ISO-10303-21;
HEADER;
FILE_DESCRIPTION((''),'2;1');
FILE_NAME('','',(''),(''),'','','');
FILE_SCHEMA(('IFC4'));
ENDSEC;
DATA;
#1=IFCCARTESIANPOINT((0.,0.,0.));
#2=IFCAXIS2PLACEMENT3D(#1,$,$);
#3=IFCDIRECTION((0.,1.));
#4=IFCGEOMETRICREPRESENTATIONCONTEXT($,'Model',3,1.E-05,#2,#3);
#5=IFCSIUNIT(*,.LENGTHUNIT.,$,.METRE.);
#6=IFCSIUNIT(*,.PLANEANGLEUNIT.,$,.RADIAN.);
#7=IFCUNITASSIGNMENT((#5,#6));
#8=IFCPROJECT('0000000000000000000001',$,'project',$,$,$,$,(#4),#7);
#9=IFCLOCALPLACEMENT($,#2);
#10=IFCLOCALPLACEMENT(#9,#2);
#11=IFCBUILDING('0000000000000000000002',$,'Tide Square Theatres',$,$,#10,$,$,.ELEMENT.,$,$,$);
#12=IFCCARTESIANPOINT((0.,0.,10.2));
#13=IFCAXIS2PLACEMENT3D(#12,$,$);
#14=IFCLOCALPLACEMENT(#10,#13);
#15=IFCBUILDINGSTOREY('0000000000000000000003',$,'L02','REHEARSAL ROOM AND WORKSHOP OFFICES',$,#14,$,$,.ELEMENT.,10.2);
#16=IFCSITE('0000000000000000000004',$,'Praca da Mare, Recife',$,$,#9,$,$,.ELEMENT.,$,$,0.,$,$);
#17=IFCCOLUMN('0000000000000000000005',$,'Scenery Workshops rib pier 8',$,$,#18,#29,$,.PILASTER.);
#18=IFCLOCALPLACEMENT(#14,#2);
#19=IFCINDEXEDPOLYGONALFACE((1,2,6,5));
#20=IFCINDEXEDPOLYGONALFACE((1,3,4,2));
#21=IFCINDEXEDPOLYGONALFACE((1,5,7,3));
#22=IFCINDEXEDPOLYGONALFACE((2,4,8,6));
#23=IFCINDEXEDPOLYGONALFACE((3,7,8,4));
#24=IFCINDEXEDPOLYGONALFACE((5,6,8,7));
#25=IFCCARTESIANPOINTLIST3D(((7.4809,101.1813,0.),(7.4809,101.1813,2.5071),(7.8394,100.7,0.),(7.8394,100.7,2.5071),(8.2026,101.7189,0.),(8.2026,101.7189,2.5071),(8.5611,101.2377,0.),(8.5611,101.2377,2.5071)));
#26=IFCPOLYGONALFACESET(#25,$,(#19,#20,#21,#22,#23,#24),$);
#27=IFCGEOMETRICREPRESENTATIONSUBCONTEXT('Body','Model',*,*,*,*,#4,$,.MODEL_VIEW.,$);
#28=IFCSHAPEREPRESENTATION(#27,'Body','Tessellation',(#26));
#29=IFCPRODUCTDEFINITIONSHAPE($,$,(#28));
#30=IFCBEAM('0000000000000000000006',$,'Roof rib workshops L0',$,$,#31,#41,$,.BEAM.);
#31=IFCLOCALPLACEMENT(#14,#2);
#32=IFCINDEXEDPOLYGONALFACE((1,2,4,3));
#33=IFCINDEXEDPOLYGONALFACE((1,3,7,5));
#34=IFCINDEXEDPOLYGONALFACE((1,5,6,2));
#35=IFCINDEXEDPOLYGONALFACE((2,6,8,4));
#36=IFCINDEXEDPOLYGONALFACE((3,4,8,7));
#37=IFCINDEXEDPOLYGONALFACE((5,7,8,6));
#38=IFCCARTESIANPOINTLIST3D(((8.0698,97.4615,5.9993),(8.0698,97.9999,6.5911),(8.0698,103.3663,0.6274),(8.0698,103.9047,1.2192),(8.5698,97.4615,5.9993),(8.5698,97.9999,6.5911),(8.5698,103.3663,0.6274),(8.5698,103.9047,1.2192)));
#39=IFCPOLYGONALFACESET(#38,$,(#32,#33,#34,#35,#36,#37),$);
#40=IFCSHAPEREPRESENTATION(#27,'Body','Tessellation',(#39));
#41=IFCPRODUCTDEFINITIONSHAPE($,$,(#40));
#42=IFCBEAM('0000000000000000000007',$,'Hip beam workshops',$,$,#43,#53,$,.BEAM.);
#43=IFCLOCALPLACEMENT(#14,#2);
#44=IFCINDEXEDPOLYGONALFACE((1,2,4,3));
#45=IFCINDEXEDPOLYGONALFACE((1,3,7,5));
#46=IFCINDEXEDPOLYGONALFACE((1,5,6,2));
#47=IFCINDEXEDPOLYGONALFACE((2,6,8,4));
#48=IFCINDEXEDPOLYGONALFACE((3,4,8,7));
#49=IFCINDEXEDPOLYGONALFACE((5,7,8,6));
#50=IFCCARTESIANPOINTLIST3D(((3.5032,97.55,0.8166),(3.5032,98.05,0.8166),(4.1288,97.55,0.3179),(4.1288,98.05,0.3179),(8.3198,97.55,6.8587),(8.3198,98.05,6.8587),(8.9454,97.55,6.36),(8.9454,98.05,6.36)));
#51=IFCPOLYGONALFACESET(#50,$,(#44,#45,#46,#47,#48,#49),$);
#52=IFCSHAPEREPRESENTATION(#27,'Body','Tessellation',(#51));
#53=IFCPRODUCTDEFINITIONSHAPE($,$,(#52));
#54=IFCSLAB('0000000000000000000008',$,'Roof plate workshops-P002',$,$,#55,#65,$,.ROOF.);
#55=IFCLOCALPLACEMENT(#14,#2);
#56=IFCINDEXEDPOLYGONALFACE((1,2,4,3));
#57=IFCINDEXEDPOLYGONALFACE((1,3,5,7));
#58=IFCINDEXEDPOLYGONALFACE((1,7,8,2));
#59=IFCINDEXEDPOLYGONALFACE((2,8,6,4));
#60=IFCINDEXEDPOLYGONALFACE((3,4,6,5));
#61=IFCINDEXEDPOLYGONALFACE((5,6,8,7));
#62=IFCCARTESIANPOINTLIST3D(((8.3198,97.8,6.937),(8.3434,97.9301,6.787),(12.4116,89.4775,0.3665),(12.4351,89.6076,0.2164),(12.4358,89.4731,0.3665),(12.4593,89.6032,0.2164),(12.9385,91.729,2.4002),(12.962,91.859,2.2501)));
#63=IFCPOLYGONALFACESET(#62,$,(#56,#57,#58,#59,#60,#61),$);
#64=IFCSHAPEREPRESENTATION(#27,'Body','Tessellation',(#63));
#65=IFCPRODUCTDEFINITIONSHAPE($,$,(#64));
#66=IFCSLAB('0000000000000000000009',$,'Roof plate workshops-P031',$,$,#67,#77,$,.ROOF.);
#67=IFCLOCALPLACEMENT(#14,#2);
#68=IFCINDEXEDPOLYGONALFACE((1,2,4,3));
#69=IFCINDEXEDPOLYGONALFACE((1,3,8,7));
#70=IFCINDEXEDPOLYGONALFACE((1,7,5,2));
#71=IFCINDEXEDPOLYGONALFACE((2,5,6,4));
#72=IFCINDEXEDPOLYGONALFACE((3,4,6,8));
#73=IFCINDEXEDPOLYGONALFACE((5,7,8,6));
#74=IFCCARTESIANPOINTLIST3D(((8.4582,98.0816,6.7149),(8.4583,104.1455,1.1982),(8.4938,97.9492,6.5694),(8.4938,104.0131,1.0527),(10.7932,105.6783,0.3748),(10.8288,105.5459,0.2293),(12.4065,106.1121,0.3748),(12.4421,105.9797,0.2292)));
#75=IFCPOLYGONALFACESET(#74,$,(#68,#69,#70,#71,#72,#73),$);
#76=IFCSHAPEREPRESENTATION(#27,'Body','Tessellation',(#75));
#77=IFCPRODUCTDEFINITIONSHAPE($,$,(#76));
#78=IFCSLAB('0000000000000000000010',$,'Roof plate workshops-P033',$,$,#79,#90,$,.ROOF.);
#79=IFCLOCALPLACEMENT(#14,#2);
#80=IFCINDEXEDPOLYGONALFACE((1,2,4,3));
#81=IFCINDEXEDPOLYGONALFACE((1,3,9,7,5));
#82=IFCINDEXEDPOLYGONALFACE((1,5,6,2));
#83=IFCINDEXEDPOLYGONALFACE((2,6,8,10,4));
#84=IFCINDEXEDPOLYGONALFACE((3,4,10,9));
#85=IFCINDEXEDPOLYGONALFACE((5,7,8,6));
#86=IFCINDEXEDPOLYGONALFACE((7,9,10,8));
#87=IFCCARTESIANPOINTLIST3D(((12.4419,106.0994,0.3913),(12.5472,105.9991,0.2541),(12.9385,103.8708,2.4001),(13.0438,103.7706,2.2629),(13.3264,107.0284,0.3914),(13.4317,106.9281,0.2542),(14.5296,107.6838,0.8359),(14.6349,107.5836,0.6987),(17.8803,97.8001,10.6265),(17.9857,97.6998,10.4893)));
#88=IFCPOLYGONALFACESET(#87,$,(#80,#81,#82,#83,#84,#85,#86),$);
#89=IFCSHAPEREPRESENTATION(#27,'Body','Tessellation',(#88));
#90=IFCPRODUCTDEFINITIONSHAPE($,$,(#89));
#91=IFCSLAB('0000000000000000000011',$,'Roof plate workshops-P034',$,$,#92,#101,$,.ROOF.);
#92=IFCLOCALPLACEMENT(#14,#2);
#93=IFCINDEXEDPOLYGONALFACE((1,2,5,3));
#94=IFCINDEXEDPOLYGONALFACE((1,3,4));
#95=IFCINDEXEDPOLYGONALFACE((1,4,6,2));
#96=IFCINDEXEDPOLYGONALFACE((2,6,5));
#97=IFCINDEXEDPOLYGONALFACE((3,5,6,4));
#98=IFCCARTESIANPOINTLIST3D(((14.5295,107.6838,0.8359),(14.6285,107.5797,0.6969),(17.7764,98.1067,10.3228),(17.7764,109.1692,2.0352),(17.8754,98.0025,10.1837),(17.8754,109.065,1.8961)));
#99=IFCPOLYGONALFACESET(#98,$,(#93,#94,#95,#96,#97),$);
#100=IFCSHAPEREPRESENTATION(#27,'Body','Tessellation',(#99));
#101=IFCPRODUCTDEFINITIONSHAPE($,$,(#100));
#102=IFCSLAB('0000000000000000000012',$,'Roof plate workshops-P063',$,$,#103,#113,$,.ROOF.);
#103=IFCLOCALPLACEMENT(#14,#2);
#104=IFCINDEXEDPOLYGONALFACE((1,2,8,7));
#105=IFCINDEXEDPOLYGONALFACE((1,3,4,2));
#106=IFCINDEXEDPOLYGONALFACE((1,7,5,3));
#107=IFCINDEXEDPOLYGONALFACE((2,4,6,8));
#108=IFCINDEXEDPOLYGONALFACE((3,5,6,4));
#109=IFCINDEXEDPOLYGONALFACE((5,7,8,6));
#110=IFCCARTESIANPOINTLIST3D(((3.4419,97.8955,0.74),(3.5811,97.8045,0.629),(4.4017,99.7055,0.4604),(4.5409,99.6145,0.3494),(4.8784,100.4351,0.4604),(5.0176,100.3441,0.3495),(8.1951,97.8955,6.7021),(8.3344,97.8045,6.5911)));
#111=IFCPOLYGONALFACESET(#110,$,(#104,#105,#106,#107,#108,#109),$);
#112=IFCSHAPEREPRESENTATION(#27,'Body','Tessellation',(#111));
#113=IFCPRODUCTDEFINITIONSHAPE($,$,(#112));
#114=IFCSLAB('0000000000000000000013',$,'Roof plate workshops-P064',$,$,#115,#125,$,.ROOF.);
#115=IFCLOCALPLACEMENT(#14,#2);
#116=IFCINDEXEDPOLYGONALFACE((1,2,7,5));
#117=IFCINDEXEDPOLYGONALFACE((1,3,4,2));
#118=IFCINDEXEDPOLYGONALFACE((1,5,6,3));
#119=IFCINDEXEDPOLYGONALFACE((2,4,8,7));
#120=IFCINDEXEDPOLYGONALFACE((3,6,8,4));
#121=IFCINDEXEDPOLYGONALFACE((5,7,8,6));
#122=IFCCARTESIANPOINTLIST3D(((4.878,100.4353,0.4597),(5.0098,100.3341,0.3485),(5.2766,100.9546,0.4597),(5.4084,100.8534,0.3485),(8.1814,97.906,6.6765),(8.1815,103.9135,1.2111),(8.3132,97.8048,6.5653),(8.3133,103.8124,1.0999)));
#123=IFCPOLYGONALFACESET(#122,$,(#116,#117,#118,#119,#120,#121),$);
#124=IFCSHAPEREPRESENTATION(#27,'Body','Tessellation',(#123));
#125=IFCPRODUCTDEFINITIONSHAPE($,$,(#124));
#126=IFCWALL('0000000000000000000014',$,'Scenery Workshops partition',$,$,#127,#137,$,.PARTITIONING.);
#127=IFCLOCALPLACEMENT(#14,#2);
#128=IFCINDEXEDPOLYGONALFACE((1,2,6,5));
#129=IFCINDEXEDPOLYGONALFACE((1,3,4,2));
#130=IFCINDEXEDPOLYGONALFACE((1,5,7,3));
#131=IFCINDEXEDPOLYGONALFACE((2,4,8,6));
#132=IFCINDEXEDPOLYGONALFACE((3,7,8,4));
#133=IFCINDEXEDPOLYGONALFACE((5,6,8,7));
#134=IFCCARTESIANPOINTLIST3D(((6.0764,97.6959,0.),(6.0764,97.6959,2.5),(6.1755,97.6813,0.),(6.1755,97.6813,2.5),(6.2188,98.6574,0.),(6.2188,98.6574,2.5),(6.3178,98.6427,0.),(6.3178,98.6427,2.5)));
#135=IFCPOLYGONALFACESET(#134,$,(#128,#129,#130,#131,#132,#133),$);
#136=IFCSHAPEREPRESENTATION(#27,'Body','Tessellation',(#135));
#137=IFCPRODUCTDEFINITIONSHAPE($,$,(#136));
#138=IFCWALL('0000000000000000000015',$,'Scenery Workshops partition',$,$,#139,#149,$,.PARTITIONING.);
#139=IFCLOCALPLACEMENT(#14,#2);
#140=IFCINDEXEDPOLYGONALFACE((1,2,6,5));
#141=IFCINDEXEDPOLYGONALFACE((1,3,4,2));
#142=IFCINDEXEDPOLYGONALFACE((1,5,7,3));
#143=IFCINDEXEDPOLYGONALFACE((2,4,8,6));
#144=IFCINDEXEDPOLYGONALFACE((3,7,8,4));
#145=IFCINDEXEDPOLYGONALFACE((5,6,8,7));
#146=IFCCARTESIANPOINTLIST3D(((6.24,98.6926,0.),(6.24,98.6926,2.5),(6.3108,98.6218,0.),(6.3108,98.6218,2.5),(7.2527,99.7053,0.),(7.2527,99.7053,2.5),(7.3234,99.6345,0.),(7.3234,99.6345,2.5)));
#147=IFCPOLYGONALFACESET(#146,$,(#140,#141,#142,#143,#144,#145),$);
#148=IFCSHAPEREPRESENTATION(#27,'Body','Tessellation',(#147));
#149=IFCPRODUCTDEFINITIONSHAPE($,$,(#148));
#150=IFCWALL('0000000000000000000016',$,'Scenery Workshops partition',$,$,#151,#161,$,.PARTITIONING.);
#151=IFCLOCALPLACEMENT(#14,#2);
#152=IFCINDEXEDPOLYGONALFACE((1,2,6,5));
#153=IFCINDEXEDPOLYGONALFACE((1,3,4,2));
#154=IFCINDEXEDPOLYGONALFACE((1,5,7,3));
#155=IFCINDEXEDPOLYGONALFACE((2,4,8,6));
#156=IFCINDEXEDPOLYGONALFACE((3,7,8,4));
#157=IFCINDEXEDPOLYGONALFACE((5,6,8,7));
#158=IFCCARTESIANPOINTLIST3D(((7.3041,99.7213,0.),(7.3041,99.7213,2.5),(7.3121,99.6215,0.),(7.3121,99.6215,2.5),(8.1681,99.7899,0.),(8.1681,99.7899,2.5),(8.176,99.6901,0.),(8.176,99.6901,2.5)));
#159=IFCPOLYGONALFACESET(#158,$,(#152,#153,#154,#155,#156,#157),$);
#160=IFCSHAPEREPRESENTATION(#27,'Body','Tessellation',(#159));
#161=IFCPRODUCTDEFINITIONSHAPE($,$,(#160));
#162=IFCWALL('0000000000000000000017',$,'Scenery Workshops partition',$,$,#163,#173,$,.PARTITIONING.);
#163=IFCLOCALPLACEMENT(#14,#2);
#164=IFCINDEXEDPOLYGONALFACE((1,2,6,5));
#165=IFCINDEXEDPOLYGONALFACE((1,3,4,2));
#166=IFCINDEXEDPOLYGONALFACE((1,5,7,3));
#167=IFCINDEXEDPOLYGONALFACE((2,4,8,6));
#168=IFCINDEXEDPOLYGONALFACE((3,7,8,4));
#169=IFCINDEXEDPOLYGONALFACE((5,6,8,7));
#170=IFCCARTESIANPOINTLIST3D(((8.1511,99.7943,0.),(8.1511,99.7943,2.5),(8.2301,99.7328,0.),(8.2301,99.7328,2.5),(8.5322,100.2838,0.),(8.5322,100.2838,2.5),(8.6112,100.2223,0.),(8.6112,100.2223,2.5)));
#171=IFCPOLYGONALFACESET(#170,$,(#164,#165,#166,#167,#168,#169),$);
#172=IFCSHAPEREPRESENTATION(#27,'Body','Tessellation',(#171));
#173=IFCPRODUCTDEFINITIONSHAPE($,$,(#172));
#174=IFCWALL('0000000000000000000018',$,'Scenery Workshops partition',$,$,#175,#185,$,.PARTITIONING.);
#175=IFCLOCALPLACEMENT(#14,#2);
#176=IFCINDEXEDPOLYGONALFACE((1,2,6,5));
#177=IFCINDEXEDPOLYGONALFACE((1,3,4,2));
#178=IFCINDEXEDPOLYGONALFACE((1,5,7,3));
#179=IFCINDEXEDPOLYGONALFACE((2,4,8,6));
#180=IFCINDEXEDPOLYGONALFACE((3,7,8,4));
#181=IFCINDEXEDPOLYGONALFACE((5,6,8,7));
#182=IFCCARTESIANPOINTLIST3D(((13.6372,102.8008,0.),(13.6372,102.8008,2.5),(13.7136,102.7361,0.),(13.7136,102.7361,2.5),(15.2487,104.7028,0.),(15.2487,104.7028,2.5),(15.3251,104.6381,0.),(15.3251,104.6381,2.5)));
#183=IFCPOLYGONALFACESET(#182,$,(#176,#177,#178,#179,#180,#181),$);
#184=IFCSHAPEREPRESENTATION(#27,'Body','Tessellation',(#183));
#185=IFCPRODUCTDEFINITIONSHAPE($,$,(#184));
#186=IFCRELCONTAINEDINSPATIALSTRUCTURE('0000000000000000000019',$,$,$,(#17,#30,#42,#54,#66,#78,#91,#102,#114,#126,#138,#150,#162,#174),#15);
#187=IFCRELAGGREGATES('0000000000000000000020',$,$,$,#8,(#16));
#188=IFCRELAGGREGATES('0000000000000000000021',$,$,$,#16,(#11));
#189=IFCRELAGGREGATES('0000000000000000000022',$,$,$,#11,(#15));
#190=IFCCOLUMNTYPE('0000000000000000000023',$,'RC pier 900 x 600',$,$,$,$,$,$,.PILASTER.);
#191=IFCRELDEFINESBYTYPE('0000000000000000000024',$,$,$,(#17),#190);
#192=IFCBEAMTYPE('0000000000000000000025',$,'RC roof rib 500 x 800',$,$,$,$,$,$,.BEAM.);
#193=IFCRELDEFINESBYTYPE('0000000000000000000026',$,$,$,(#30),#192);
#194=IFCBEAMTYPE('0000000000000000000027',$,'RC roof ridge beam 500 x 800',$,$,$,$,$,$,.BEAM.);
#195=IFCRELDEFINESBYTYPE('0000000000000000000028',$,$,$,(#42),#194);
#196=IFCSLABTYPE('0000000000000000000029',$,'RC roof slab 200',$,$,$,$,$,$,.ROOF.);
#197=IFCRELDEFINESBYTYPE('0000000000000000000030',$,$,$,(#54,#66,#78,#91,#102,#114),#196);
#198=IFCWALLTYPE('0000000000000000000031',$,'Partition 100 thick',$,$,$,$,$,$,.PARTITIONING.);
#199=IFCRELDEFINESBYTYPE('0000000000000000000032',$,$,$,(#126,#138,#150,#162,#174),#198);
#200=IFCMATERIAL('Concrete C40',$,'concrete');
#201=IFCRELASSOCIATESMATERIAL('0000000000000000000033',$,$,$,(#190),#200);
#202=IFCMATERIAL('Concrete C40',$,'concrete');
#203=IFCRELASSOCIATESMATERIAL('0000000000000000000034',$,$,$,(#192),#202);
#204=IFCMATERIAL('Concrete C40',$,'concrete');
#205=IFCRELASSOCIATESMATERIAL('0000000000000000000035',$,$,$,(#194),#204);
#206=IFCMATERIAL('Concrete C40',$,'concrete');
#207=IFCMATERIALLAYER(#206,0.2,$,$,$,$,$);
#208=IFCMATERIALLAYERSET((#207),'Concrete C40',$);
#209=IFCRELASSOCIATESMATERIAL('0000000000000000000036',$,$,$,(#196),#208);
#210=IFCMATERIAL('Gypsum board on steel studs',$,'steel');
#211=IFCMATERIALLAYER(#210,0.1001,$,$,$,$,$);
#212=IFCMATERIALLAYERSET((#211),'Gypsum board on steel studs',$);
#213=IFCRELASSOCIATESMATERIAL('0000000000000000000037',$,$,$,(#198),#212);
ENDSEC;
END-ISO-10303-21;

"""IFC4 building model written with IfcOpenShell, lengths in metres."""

from ifc_helpers import new_model, si_unit, direction, frame, frame_2d, origin, origin_2d, place, context, subcontext, project, spatial, polyline, rectangle, outline, extrude, material, layer, layer_set, material_profile, profile_set, type_object, element, save


model = new_model("IFC4")

# Units and contexts
model_context = context("Model", 3, precision=1e-05, world=origin(), true_north=direction((0.0, 1.0)))
body_context = subcontext(model_context, "Body", "Model", "MODEL_VIEW")
ifc_project = project(units=[si_unit("LENGTHUNIT", "METRE"), si_unit("PLANEANGLEUNIT", "RADIAN")], contexts=[model_context])

# Site, building, storey
site_placement = place(None, origin())
site = spatial("IfcSite", under=ifc_project, at=site_placement, Name="Praca da Mare, Recife", CompositionType="ELEMENT", RefElevation=0.0)
building_placement = place(site_placement, origin())
building = spatial("IfcBuilding", under=site, at=building_placement, Name="Tide Square Theatres", CompositionType="ELEMENT")
storey_placement = place(building_placement, frame((0.0, 0.0, 10.2)))
storey = spatial("IfcBuildingStorey", under=building, at=storey_placement, Name="L02", Description="REHEARSAL ROOM AND WORKSHOP OFFICES", CompositionType="ELEMENT", Elevation=10.2)

# Column
ifc_material_1 = material(Name="Concrete C40", Category="concrete")
ifc_material_profile_1 = material_profile(ifc_material_1, rectangle(XDim=0.8999, YDim=0.6001, at=origin_2d()))
ifc_profile_set_1 = profile_set([ifc_material_profile_1], Name="Concrete C40")
column_type = type_object("IfcColumnType", Name="RC pier 900 x 600", PredefinedType="PILASTER", material=ifc_profile_set_1)
column_placement = place(storey_placement, frame((8.021, 101.2095, 0.0), z_axis=(0.0, 0.0, 1.0), x_axis=(-0.801928, -0.597421, 0.0)))
element("IfcColumn", 1, at=column_placement, inside=storey, type_object=column_type, Name="Scenery Workshops rib pier 8", PredefinedType="PILASTER", context=body_context, shape_type="SweptSolid", body=[
    extrude(rectangle(XDim=0.8999, YDim=0.6001, at=origin_2d()), origin(), (0.0, 0.0, 1.0), 2.5071),
])

# Beams
ifc_material_2 = material(Name="Concrete C40", Category="concrete")
ifc_material_profile_2 = material_profile(ifc_material_2, rectangle(XDim=0.5, YDim=0.8, at=origin_2d()))
ifc_profile_set_2 = profile_set([ifc_material_profile_2], Name="Concrete C40")
beam_type_1 = type_object("IfcBeamType", Name="RC roof rib 500 x 800", PredefinedType="BEAM", material=ifc_profile_set_2)
beam_1_placement = place(storey_placement, frame((8.3198, 103.6355, 0.9233), z_axis=(0.0, -0.739701, 0.672936), x_axis=(1.0, 0.0, 0.0)))
element("IfcBeam", 2, at=beam_1_placement, inside=storey, type_object=beam_type_1, Name="Roof rib workshops L0", PredefinedType="BEAM", context=body_context, shape_type="SweptSolid", body=[
    extrude(rectangle(XDim=0.5, YDim=0.8, at=origin_2d()), origin(), (0.0, 0.0, 1.0), 7.9827),
])
ifc_material_3 = material(Name="Concrete C40", Category="concrete")
ifc_material_profile_3 = material_profile(ifc_material_3, rectangle(XDim=0.5, YDim=0.8, at=origin_2d()))
ifc_profile_set_3 = profile_set([ifc_material_profile_3], Name="Concrete C40")
beam_type_2 = type_object("IfcBeamType", Name="RC roof ridge beam 500 x 800", PredefinedType="BEAM", material=ifc_profile_set_3)
beam_2_placement = place(storey_placement, frame((8.6326, 97.8, 6.6094), z_axis=(-0.623342, 0.0, -0.78195), x_axis=(0.0, -1.0, 0.0)))
element("IfcBeam", 3, at=beam_2_placement, inside=storey, type_object=beam_type_2, Name="Hip beam workshops", PredefinedType="BEAM", context=body_context, shape_type="SweptSolid", body=[
    extrude(rectangle(XDim=0.5, YDim=0.8, at=origin_2d()), origin(), (0.0, 0.0, 1.0), 7.7271),
])

# Slabs
ifc_material_4 = material(Name="Concrete C40", Category="concrete")
ifc_layer_1 = layer(ifc_material_4, 0.2)
ifc_layer_set_1 = layer_set([ifc_layer_1], Name="Concrete C40")
slab_type = type_object("IfcSlabType", Name="RC roof slab 200", PredefinedType="ROOF", material=ifc_layer_set_1)
slab_1_placement = place(storey_placement, frame((8.3198, 97.8, 6.937), z_axis=(-0.117675, -0.650344, 0.75047), x_axis=(0.360013, -0.732249, -0.578103)))
element("IfcSlab", 4, at=slab_1_placement, inside=storey, type_object=slab_type, Name="Roof plate workshops-P002", PredefinedType="ROOF", context=body_context, shape_type="SweptSolid", body=[
    extrude(outline(polyline([(0.0, 0.0), (11.3657, 0.0), (11.3776, 0.0215), (8.7311, 1.5941), (0.0, 0.0)])), origin(), (0.0, 0.0, -1.0), 0.2),
])
slab_2_placement = place(storey_placement, frame((12.4065, 106.1121, 0.3748), z_axis=(-0.178014, 0.662194, 0.72788), x_axis=(-0.965702, -0.259651, 0.000043)))
element("IfcSlab", 5, at=slab_2_placement, inside=storey, type_object=slab_type, Name="Roof plate workshops-P031", PredefinedType="ROOF", context=body_context, shape_type="SweptSolid", body=[
    extrude(outline(polyline([(0.0, 0.0), (1.6706, 0.0), (4.3235, 1.2007), (5.8982, 9.2458), (0.0, 0.0)])), origin(), (0.0, 0.0, -1.0), 0.2),
])
slab_3_placement = place(storey_placement, frame((12.9385, 103.8708, 2.4001), z_axis=(-0.526721, 0.501386, 0.686424), x_axis=(0.435192, -0.534606, 0.724434)))
element("IfcSlab", 6, at=slab_3_placement, inside=storey, type_object=slab_type, Name="Roof plate workshops-P033", PredefinedType="ROOF", context=body_context, shape_type="SweptSolid", body=[
    extrude(outline(polyline([(0.0, 0.0), (11.3556, 0.0), (-2.4792, 3.6566), (-2.9744, 2.304), (-2.8627, 1.0261), (0.0, 0.0)])), origin(), (0.0, 0.0, -1.0), 0.2),
])
slab_4_placement = place(storey_placement, frame((14.5295, 107.6838, 0.8359), z_axis=(-0.495131, 0.520918, 0.695334), x_axis=(0.234159, -0.690698, 0.684183)))
element("IfcSlab", 7, at=slab_4_placement, inside=storey, type_object=slab_type, Name="Roof plate workshops-P034", PredefinedType="ROOF", context=body_context, shape_type="SweptSolid", body=[
    extrude(outline(polyline([(0.0, 0.0), (13.8659, 0.0), (0.5548, 3.7254), (0.0, 0.0)])), origin(), (0.0, 0.0, -1.0), 0.2),
])
slab_5_placement = place(storey_placement, frame((4.8784, 100.4351, 0.4604), z_axis=(-0.696301, 0.454975, 0.555124), x_axis=(-0.547034, -0.837111, -0.000064)))
element("IfcSlab", 8, at=slab_5_placement, inside=storey, type_object=slab_type, Name="Roof plate workshops-P063", PredefinedType="ROOF", context=body_context, shape_type="SweptSolid", body=[
    extrude(outline(polyline([(0.0, 0.0), (0.8715, 0.0), (2.9117, 0.3363), (0.3112, 7.5041), (0.0, 0.0)])), origin(), (0.0, 0.0, -1.0), 0.2),
])
slab_6_placement = place(storey_placement, frame((5.2766, 100.9546, 0.4597), z_axis=(-0.659279, 0.505988, 0.556172), x_axis=(-0.608881, -0.793261, -0.000076)))
element("IfcSlab", 9, at=slab_6_placement, inside=storey, type_object=slab_type, Name="Roof plate workshops-P064", PredefinedType="ROOF", context=body_context, shape_type="SweptSolid", body=[
    extrude(outline(polyline([(0.0, 0.0), (0.6547, 0.0), (0.6492, 7.4806), (-4.116, 0.9038), (0.0, 0.0)])), origin(), (0.0, 0.0, -1.0), 0.2),
])

# Walls
ifc_material_5 = material(Name="Gypsum board on steel studs", Category="steel")
ifc_layer_2 = layer(ifc_material_5, 0.1001)
ifc_layer_set_2 = layer_set([ifc_layer_2], Name="Gypsum board on steel studs")
wall_type_1 = type_object("IfcWallType", Name="Partition 100 thick", PredefinedType="PARTITIONING", material=ifc_layer_set_2)
wall_1_placement = place(storey_placement, frame((6.126, 97.6887, 0.0), z_axis=(0.0, 0.0, 1.0), x_axis=(0.146449, 0.989218, 0.0)))
element("IfcWall", 10, at=wall_1_placement, inside=storey, type_object=wall_type_1, Name="Scenery Workshops partition", PredefinedType="PARTITIONING", context=body_context, shape_type="SweptSolid", body=[
    extrude(rectangle(XDim=0.9719, YDim=0.1001, at=frame_2d((0.4858, 0.0))), origin(), (0.0, 0.0, 1.0), 2.5),
])
wall_2_placement = place(storey_placement, frame((6.2754, 98.6572, 0.0), z_axis=(0.0, 0.0, 1.0), x_axis=(0.707107, 0.707107, 0.0)))
element("IfcWall", 11, at=wall_2_placement, inside=storey, type_object=wall_type_1, Name="Scenery Workshops partition", PredefinedType="PARTITIONING", context=body_context, shape_type="SweptSolid", body=[
    extrude(rectangle(XDim=1.4321, YDim=0.1001, at=frame_2d((0.7161, 0.0))), origin(), (0.0, 0.0, 1.0), 2.5),
])
wall_3_placement = place(storey_placement, frame((7.3081, 99.6714, 0.0), z_axis=(0.0, 0.0, 1.0), x_axis=(0.996863, 0.079152, 0.0)))
element("IfcWall", 12, at=wall_3_placement, inside=storey, type_object=wall_type_1, Name="Scenery Workshops partition", PredefinedType="PARTITIONING", context=body_context, shape_type="SweptSolid", body=[
    extrude(rectangle(XDim=0.8667, YDim=0.1001, at=frame_2d((0.4333, 0.0))), origin(), (0.0, 0.0, 1.0), 2.5),
])
wall_4_placement = place(storey_placement, frame((8.1907, 99.7637, 0.0), z_axis=(0.0, 0.0, 1.0), x_axis=(0.614322, 0.789055, 0.0)))
element("IfcWall", 13, at=wall_4_placement, inside=storey, type_object=wall_type_1, Name="Scenery Workshops partition", PredefinedType="PARTITIONING", context=body_context, shape_type="SweptSolid", body=[
    extrude(rectangle(XDim=0.6204, YDim=0.1001, at=frame_2d((0.3101, 0.0))), origin(), (0.0, 0.0, 1.0), 2.5),
])
wall_5_placement = place(storey_placement, frame((13.6753, 102.7683, 0.0), z_axis=(0.0, 0.0, 1.0), x_axis=(0.646434, 0.76297, 0.0)))
element("IfcWall", 14, at=wall_5_placement, inside=storey, type_object=wall_type_1, Name="Scenery Workshops partition", PredefinedType="PARTITIONING", context=body_context, shape_type="SweptSolid", body=[
    extrude(rectangle(XDim=2.4929, YDim=0.1001, at=frame_2d((1.2466, 0.0))), origin(), (0.0, 0.0, 1.0), 2.5),
])

save(model, "model.ifc")
